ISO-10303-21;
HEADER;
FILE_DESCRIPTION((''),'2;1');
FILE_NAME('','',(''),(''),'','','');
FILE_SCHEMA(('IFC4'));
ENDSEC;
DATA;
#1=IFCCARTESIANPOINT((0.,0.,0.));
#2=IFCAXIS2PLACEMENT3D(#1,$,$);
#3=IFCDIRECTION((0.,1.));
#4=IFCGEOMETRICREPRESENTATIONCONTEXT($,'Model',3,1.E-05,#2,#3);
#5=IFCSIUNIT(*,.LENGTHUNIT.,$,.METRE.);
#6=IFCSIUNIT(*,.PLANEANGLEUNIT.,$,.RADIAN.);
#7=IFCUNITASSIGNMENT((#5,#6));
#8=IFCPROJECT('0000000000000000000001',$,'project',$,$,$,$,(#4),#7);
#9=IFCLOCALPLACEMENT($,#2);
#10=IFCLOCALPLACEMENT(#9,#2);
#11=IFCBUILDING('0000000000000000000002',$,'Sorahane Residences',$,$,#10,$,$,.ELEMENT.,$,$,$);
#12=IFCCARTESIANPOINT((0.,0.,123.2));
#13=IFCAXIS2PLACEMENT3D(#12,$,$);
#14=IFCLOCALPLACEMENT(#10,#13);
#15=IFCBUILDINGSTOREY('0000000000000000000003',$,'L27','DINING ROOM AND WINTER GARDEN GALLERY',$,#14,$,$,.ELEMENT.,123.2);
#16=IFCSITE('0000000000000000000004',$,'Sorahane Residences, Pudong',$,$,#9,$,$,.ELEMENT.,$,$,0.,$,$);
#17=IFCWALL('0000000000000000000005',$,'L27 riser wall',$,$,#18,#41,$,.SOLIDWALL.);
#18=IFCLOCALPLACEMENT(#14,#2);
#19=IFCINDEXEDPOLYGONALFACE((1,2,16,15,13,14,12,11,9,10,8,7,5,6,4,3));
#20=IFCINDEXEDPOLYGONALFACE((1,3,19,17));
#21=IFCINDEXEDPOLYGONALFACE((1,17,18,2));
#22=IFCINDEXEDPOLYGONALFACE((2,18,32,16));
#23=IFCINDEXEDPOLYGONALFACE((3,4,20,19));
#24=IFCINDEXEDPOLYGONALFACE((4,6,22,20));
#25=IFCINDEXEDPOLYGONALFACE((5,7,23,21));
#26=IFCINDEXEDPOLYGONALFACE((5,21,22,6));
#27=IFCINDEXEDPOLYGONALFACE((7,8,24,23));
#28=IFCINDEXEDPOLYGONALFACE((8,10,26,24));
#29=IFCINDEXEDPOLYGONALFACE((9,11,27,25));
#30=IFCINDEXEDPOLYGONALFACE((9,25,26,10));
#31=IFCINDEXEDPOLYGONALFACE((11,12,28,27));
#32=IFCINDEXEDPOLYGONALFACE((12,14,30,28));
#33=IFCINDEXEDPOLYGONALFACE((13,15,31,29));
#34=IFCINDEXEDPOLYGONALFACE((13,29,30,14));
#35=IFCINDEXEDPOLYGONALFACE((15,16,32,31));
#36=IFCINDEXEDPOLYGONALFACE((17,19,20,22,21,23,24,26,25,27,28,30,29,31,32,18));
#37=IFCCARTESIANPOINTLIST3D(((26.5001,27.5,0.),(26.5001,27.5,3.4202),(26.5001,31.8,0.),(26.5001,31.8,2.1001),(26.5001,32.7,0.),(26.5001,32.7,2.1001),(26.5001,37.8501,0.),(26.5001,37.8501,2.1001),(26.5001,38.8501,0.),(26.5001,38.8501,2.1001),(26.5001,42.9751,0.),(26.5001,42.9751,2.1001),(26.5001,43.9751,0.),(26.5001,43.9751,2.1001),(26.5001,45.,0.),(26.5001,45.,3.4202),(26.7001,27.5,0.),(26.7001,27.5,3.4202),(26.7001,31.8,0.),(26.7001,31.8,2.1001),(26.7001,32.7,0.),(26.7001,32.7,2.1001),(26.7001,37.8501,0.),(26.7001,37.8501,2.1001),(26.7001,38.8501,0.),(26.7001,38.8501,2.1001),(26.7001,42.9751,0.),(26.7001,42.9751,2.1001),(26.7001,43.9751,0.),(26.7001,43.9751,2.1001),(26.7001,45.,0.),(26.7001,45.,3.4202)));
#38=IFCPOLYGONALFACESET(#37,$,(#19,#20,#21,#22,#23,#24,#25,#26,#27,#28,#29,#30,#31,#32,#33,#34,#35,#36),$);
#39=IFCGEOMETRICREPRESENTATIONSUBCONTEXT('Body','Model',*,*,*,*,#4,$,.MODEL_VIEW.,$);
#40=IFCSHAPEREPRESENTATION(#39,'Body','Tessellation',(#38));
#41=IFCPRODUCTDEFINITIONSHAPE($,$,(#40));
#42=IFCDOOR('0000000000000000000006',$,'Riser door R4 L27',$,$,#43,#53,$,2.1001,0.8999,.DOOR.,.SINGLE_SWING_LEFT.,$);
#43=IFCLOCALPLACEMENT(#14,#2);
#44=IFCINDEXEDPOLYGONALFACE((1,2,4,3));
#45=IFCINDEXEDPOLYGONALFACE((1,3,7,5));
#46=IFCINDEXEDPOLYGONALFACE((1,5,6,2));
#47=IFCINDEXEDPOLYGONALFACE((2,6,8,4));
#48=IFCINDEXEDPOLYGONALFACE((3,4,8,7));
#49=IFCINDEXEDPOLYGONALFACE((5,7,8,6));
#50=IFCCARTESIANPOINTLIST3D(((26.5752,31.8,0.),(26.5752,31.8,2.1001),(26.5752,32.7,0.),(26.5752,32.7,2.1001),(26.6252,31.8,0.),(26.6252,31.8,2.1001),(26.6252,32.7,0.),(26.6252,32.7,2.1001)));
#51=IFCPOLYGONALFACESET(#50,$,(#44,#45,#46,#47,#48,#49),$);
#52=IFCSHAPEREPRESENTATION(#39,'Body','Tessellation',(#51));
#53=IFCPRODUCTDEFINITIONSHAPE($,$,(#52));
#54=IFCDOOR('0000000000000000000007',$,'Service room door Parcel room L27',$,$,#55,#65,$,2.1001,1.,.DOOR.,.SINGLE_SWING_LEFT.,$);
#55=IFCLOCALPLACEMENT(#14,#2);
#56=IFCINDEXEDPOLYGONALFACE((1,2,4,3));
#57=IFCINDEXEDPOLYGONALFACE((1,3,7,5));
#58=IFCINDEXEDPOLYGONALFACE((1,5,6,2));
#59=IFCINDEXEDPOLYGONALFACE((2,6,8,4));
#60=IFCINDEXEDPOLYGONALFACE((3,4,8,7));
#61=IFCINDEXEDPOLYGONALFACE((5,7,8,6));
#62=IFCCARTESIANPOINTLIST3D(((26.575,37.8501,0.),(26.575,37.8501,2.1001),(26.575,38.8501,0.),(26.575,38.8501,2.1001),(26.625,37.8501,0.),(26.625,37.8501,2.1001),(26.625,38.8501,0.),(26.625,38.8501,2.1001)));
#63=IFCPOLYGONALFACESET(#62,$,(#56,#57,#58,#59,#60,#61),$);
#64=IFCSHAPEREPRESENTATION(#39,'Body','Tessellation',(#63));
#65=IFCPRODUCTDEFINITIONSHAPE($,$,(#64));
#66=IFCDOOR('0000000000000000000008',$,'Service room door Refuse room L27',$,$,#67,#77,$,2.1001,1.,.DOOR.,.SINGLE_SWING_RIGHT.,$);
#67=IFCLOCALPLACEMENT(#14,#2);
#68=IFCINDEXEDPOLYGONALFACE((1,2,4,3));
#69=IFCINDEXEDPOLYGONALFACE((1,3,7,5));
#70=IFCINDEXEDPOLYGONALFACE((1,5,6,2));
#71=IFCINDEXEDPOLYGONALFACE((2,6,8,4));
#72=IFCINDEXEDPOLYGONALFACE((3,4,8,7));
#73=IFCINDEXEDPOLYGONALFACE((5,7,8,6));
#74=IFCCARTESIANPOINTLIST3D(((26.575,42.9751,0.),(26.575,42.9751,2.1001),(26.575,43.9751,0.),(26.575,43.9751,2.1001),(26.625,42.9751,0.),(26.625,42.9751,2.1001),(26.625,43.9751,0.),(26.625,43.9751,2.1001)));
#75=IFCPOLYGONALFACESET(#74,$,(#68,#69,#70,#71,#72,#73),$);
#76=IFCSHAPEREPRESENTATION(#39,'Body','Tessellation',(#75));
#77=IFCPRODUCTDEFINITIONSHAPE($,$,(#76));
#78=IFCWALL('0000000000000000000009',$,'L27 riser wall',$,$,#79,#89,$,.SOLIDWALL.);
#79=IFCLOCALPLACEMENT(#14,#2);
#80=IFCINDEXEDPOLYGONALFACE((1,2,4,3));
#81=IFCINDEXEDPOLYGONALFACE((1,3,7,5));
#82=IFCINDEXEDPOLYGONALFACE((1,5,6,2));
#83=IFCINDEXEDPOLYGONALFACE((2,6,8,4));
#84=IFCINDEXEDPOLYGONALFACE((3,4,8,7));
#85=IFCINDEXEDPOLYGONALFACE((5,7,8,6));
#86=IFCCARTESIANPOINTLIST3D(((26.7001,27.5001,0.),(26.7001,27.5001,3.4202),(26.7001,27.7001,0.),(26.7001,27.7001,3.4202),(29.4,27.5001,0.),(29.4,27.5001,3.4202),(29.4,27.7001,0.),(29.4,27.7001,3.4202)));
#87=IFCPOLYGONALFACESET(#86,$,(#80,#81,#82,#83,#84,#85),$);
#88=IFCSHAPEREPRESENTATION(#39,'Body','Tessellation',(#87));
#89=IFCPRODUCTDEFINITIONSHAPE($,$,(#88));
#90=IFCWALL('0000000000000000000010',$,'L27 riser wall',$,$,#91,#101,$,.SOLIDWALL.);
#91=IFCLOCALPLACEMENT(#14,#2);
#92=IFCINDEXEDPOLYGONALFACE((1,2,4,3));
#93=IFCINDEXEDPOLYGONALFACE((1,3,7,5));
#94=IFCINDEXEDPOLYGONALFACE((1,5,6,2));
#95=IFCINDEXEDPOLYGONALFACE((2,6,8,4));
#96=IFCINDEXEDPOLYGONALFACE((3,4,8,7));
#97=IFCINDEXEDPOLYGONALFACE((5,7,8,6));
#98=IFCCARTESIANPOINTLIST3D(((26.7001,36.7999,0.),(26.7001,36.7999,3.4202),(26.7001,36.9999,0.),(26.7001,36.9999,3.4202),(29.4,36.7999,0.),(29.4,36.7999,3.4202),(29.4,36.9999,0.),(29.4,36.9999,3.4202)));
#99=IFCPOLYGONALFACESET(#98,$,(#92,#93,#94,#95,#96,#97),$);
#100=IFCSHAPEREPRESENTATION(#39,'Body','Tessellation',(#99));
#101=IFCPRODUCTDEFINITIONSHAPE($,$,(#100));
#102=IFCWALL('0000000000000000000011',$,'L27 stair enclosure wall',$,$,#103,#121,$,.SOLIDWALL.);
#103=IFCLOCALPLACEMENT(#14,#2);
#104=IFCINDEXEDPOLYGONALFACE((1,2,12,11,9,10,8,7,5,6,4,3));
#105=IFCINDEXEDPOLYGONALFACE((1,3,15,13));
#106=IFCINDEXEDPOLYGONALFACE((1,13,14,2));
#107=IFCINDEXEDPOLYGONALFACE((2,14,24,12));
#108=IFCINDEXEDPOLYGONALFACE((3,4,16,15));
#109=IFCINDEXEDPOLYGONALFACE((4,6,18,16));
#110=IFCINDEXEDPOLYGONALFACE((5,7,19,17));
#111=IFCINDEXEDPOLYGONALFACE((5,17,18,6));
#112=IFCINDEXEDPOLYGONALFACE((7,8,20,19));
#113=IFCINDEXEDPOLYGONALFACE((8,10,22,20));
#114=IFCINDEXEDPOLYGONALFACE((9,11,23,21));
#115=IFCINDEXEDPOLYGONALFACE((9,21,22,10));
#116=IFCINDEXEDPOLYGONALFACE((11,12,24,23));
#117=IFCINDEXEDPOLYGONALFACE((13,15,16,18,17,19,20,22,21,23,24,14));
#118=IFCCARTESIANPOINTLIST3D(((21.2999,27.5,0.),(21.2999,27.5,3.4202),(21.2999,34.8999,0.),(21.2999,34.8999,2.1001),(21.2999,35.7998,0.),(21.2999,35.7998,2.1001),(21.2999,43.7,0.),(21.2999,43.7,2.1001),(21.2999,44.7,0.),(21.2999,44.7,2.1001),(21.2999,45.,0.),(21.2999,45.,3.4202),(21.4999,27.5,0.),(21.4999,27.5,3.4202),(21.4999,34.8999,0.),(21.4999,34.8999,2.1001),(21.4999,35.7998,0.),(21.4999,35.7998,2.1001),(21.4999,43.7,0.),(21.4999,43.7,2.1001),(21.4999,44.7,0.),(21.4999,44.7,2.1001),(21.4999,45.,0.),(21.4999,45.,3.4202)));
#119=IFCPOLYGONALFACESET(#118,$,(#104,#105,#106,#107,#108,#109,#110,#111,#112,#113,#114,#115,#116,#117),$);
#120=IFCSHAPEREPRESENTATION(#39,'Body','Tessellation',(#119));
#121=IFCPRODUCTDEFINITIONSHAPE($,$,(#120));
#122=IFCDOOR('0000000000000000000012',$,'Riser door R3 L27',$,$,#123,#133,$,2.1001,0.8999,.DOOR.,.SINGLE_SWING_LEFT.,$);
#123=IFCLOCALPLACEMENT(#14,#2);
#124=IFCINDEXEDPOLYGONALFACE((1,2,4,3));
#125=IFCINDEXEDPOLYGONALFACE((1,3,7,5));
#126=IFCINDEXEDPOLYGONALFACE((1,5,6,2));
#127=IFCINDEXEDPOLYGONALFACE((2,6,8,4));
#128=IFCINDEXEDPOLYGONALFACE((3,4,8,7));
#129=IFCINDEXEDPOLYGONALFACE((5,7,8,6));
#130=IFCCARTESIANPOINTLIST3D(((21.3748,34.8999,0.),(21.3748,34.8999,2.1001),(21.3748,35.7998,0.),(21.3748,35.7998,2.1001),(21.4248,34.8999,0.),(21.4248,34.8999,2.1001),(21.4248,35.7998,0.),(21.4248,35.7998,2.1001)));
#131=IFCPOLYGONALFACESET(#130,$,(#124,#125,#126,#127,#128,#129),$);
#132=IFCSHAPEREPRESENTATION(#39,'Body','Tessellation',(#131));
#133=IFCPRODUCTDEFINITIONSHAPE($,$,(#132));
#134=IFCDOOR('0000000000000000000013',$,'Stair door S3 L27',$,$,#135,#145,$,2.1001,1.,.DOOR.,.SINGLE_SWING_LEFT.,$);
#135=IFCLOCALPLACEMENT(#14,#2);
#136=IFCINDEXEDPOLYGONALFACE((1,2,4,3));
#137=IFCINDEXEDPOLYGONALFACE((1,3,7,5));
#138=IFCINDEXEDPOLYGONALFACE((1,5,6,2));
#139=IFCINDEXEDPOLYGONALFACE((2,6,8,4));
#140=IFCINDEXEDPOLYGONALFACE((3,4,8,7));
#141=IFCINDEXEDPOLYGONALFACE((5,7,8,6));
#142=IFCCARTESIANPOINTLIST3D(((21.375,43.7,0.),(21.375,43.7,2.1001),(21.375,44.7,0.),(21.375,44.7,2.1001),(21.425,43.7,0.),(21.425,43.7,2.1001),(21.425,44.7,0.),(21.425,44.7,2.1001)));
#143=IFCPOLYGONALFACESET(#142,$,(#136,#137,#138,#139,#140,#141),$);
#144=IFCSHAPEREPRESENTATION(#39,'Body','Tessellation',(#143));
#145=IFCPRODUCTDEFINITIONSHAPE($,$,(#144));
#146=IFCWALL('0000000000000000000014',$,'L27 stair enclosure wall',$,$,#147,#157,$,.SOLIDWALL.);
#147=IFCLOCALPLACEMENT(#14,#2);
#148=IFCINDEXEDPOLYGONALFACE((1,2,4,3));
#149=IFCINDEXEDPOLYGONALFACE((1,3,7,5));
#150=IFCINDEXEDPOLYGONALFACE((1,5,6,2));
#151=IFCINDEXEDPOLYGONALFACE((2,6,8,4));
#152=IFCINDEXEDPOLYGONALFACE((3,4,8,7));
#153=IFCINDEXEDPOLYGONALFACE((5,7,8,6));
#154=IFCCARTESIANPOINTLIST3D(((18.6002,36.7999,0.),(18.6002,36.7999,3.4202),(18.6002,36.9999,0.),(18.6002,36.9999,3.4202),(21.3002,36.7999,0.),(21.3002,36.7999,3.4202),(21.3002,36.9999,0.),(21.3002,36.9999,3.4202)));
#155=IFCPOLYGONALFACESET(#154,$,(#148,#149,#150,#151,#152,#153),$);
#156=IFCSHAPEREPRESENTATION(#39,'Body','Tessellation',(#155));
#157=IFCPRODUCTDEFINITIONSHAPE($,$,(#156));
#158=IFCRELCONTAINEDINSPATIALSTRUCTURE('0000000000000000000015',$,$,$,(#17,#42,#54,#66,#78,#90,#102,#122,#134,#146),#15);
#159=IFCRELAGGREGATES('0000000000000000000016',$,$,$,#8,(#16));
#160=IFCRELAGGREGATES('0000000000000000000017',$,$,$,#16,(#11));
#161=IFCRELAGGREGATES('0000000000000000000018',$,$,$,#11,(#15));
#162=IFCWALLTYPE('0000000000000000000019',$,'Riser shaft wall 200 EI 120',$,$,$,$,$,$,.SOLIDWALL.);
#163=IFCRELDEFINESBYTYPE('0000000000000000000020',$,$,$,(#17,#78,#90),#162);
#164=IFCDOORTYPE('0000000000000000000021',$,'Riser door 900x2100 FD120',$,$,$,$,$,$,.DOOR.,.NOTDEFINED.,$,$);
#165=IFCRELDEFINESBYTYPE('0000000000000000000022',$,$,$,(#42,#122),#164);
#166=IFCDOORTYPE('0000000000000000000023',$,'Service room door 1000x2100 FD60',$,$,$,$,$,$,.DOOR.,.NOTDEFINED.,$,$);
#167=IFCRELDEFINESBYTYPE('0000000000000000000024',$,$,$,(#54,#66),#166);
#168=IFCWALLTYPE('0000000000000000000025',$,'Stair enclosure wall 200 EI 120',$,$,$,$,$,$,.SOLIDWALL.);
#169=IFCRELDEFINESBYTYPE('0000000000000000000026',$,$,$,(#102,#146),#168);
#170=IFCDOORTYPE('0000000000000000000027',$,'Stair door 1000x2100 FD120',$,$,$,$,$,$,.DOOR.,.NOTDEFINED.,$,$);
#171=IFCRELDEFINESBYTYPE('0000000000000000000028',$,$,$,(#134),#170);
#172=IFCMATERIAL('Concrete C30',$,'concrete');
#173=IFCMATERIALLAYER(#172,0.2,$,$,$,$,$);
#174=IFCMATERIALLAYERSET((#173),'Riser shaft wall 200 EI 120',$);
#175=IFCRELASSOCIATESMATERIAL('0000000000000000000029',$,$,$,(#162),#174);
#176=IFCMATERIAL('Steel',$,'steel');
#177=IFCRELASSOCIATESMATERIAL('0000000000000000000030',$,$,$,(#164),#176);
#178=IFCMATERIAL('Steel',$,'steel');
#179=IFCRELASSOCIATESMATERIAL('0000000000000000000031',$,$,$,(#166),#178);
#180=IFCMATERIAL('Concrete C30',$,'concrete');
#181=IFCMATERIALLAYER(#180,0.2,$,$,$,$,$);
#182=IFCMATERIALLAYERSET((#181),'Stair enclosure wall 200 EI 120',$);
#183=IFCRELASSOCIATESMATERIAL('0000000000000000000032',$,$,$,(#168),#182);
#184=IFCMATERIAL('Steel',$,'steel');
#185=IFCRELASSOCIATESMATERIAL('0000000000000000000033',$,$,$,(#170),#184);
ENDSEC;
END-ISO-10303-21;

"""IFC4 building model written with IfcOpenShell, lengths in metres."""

from ifc_helpers import new_model, si_unit, direction, frame, frame_2d, origin, place, context, subcontext, project, spatial, rectangle, extrude, material, layer, layer_set, type_object, element, fill, save


model = new_model("IFC4")

# Units and contexts
model_context = context("Model", 3, precision=1e-05, world=origin(), true_north=direction((0.0, 1.0)))
body_context = subcontext(model_context, "Body", "Model", "MODEL_VIEW")
ifc_project = project(units=[si_unit("LENGTHUNIT", "METRE"), si_unit("PLANEANGLEUNIT", "RADIAN")], contexts=[model_context])

# Site, building, storey
site_placement = place(None, origin())
site = spatial("IfcSite", under=ifc_project, at=site_placement, Name="Sorahane Residences, Pudong", CompositionType="ELEMENT", RefElevation=0.0)
building_placement = place(site_placement, origin())
building = spatial("IfcBuilding", under=site, at=building_placement, Name="Sorahane Residences", CompositionType="ELEMENT")
storey_placement = place(building_placement, frame((0.0, 0.0, 123.2)))
storey = spatial("IfcBuildingStorey", under=building, at=storey_placement, Name="L27", Description="DINING ROOM AND WINTER GARDEN GALLERY", CompositionType="ELEMENT", Elevation=123.2)

# Wall, openings, doors
ifc_material_1 = material(Name="Concrete C30", Category="concrete")
ifc_layer_1 = layer(ifc_material_1, 0.2)
ifc_layer_set_1 = layer_set([ifc_layer_1], Name="Riser shaft wall 200 EI 120")
wall_type_1 = type_object("IfcWallType", Name="Riser shaft wall 200 EI 120", PredefinedType="SOLIDWALL", material=ifc_layer_set_1)
wall_1_placement = place(storey_placement, frame((26.6001, 27.5, 0.0), z_axis=(0.0, 0.0, 1.0), x_axis=(0.0, 1.0, 0.0)))
wall_1 = element("IfcWall", 1, at=wall_1_placement, inside=storey, type_object=wall_type_1, Name="L27 riser wall", PredefinedType="SOLIDWALL", context=body_context, shape_type="SweptSolid", body=[
    extrude(rectangle(XDim=17.5, YDim=0.2, at=frame_2d((8.75, 0.0))), origin(), (0.0, 0.0, 1.0), 3.4202),
])
opening_1_placement = place(wall_1_placement, frame((4.3, 0.0, 0.0)))
opening_1 = element("IfcOpeningElement", 2, at=opening_1_placement, cuts=wall_1, PredefinedType="OPENING", context=body_context, shape_type="SweptSolid", body=[
    extrude(rectangle(XDim=0.8999, YDim=2.1001, at=frame_2d((0.45, 1.05))), frame((0.0, 0.1099, 0.0), z_axis=(0.0, -1.0, 0.0), x_axis=(1.0, 0.0, 0.0)), (0.0, 0.0, 1.0), 0.22),
])
opening_2_placement = place(wall_1_placement, frame((10.3501, 0.0, 0.0)))
opening_2 = element("IfcOpeningElement", 3, at=opening_2_placement, cuts=wall_1, PredefinedType="OPENING", context=body_context, shape_type="SweptSolid", body=[
    extrude(rectangle(XDim=1.0, YDim=2.1001, at=frame_2d((0.5, 1.05))), frame((0.0, 0.1099, 0.0), z_axis=(0.0, -1.0, 0.0), x_axis=(1.0, 0.0, 0.0)), (0.0, 0.0, 1.0), 0.22),
])
opening_3_placement = place(wall_1_placement, frame((15.4751, 0.0, 0.0)))
opening_3 = element("IfcOpeningElement", 4, at=opening_3_placement, cuts=wall_1, PredefinedType="OPENING", context=body_context, shape_type="SweptSolid", body=[
    extrude(rectangle(XDim=1.0, YDim=2.1001, at=frame_2d((0.5, 1.05))), frame((0.0, 0.1099, 0.0), z_axis=(0.0, -1.0, 0.0), x_axis=(1.0, 0.0, 0.0)), (0.0, 0.0, 1.0), 0.22),
])
ifc_material_2 = material(Name="Steel", Category="steel")
door_type_1 = type_object("IfcDoorType", Name="Riser door 900x2100 FD120", OperationType="NOTDEFINED", PredefinedType="DOOR", material=ifc_material_2)
door_1_placement = place(opening_1_placement, origin())
door_1 = element("IfcDoor", 5, at=door_1_placement, inside=storey, type_object=door_type_1, Name="Riser door R4 L27", OperationType="SINGLE_SWING_LEFT", OverallHeight=2.1001, OverallWidth=0.8999, PredefinedType="DOOR", context=body_context, shape_type="SweptSolid", body=[
    extrude(rectangle(XDim=0.8999, YDim=2.1001, at=frame_2d((0.45, 1.05))), frame((0.0, 0.0249, 0.0), z_axis=(0.0, -1.0, 0.0), x_axis=(1.0, 0.0, 0.0)), (0.0, 0.0, 1.0), 0.05),
])
fill(opening_1, door_1)
ifc_material_3 = material(Name="Steel", Category="steel")
door_type_2 = type_object("IfcDoorType", Name="Service room door 1000x2100 FD60", OperationType="NOTDEFINED", PredefinedType="DOOR", material=ifc_material_3)
door_2_placement = place(opening_2_placement, frame((1.0, 0.0, 0.0), z_axis=(0.0, 0.0, 1.0), x_axis=(-1.0, 0.0, 0.0)))
door_2 = element("IfcDoor", 6, at=door_2_placement, inside=storey, type_object=door_type_2, Name="Service room door Parcel room L27", OperationType="SINGLE_SWING_LEFT", OverallHeight=2.1001, OverallWidth=1.0, PredefinedType="DOOR", context=body_context, shape_type="SweptSolid", body=[
    extrude(rectangle(XDim=1.0, YDim=2.1001, at=frame_2d((0.5, 1.05))), frame((0.0, 0.0249, 0.0), z_axis=(0.0, -1.0, 0.0), x_axis=(1.0, 0.0, 0.0)), (0.0, 0.0, 1.0), 0.05),
])
fill(opening_2, door_2)
door_3_placement = place(opening_3_placement, frame((1.0, 0.0, 0.0), z_axis=(0.0, 0.0, 1.0), x_axis=(-1.0, 0.0, 0.0)))
door_3 = element("IfcDoor", 7, at=door_3_placement, inside=storey, type_object=door_type_2, Name="Service room door Refuse room L27", OperationType="SINGLE_SWING_RIGHT", OverallHeight=2.1001, OverallWidth=1.0, PredefinedType="DOOR", context=body_context, shape_type="SweptSolid", body=[
    extrude(rectangle(XDim=1.0, YDim=2.1001, at=frame_2d((0.5, 1.05))), frame((0.0, 0.0249, 0.0), z_axis=(0.0, -1.0, 0.0), x_axis=(1.0, 0.0, 0.0)), (0.0, 0.0, 1.0), 0.05),
])
fill(opening_3, door_3)

# Walls
for number, where, z_axis, x_axis, name in (
    (8, (26.7, 27.6001, 0.0), (0.0, 0.0, 1.0), (1.0, 0.0, 0.0), "L27 riser wall"),
    (9, (26.7, 36.8999, 0.0), (0.0, 0.0, 1.0), (1.0, 0.0, 0.0), "L27 riser wall"),
):
    element("IfcWall", number, at=place(storey_placement, frame(where, z_axis=z_axis, x_axis=x_axis)), inside=storey, type_object=wall_type_1, Name=name, PredefinedType="SOLIDWALL", context=body_context, shape_type="SweptSolid", body=[
        extrude(rectangle(XDim=2.7, YDim=0.2, at=frame_2d((1.3501, 0.0))), origin(), (0.0, 0.0, 1.0), 3.4202),
    ])

# Wall, openings, doors
ifc_material_4 = material(Name="Concrete C30", Category="concrete")
ifc_layer_2 = layer(ifc_material_4, 0.2)
ifc_layer_set_2 = layer_set([ifc_layer_2], Name="Stair enclosure wall 200 EI 120")
wall_type_2 = type_object("IfcWallType", Name="Stair enclosure wall 200 EI 120", PredefinedType="SOLIDWALL", material=ifc_layer_set_2)
wall_2_placement = place(storey_placement, frame((21.3999, 27.5, 0.0), z_axis=(0.0, 0.0, 1.0), x_axis=(0.0, 1.0, 0.0)))
wall_2 = element("IfcWall", 10, at=wall_2_placement, inside=storey, type_object=wall_type_2, Name="L27 stair enclosure wall", PredefinedType="SOLIDWALL", context=body_context, shape_type="SweptSolid", body=[
    extrude(rectangle(XDim=17.5, YDim=0.2, at=frame_2d((8.75, 0.0))), origin(), (0.0, 0.0, 1.0), 3.4202),
])
opening_4_placement = place(wall_2_placement, frame((16.2, 0.0, 0.0)))
opening_4 = element("IfcOpeningElement", 11, at=opening_4_placement, cuts=wall_2, PredefinedType="OPENING", context=body_context, shape_type="SweptSolid", body=[
    extrude(rectangle(XDim=1.0, YDim=2.1001, at=frame_2d((0.5, 1.05))), frame((0.0, 0.1099, 0.0), z_axis=(0.0, -1.0, 0.0), x_axis=(1.0, 0.0, 0.0)), (0.0, 0.0, 1.0), 0.22),
])
opening_5_placement = place(wall_2_placement, frame((7.3999, 0.0, 0.0)))
opening_5 = element("IfcOpeningElement", 12, at=opening_5_placement, cuts=wall_2, PredefinedType="OPENING", context=body_context, shape_type="SweptSolid", body=[
    extrude(rectangle(XDim=0.8999, YDim=2.1001, at=frame_2d((0.45, 1.05))), frame((0.0, 0.1099, 0.0), z_axis=(0.0, -1.0, 0.0), x_axis=(1.0, 0.0, 0.0)), (0.0, 0.0, 1.0), 0.22),
])
door_4_placement = place(opening_5_placement, frame((0.8999, 0.0, 0.0), z_axis=(0.0, 0.0, 1.0), x_axis=(-1.0, 0.0, 0.0)))
door_4 = element("IfcDoor", 13, at=door_4_placement, inside=storey, type_object=door_type_1, Name="Riser door R3 L27", OperationType="SINGLE_SWING_LEFT", OverallHeight=2.1001, OverallWidth=0.8999, PredefinedType="DOOR", context=body_context, shape_type="SweptSolid", body=[
    extrude(rectangle(XDim=0.8999, YDim=2.1001, at=frame_2d((0.45, 1.05))), frame((0.0, 0.0249, 0.0), z_axis=(0.0, -1.0, 0.0), x_axis=(1.0, 0.0, 0.0)), (0.0, 0.0, 1.0), 0.05),
])
fill(opening_5, door_4)
ifc_material_5 = material(Name="Steel", Category="steel")
door_type_3 = type_object("IfcDoorType", Name="Stair door 1000x2100 FD120", OperationType="NOTDEFINED", PredefinedType="DOOR", material=ifc_material_5)
door_5_placement = place(opening_4_placement, origin())
door_5 = element("IfcDoor", 14, at=door_5_placement, inside=storey, type_object=door_type_3, Name="Stair door S3 L27", OperationType="SINGLE_SWING_LEFT", OverallHeight=2.1001, OverallWidth=1.0, PredefinedType="DOOR", context=body_context, shape_type="SweptSolid", body=[
    extrude(rectangle(XDim=1.0, YDim=2.1001, at=frame_2d((0.5, 1.05))), frame((0.0, 0.0249, 0.0), z_axis=(0.0, -1.0, 0.0), x_axis=(1.0, 0.0, 0.0)), (0.0, 0.0, 1.0), 0.05),
])
fill(opening_4, door_5)

# Wall
wall_3_placement = place(storey_placement, frame((18.6001, 36.8999, 0.0), z_axis=(0.0, 0.0, 1.0), x_axis=(1.0, 0.0, 0.0)))
element("IfcWall", 15, at=wall_3_placement, inside=storey, type_object=wall_type_2, Name="L27 stair enclosure wall", PredefinedType="SOLIDWALL", context=body_context, shape_type="SweptSolid", body=[
    extrude(rectangle(XDim=2.7, YDim=0.2, at=frame_2d((1.3501, 0.0))), origin(), (0.0, 0.0, 1.0), 3.4202),
])

save(model, "model.ifc")
